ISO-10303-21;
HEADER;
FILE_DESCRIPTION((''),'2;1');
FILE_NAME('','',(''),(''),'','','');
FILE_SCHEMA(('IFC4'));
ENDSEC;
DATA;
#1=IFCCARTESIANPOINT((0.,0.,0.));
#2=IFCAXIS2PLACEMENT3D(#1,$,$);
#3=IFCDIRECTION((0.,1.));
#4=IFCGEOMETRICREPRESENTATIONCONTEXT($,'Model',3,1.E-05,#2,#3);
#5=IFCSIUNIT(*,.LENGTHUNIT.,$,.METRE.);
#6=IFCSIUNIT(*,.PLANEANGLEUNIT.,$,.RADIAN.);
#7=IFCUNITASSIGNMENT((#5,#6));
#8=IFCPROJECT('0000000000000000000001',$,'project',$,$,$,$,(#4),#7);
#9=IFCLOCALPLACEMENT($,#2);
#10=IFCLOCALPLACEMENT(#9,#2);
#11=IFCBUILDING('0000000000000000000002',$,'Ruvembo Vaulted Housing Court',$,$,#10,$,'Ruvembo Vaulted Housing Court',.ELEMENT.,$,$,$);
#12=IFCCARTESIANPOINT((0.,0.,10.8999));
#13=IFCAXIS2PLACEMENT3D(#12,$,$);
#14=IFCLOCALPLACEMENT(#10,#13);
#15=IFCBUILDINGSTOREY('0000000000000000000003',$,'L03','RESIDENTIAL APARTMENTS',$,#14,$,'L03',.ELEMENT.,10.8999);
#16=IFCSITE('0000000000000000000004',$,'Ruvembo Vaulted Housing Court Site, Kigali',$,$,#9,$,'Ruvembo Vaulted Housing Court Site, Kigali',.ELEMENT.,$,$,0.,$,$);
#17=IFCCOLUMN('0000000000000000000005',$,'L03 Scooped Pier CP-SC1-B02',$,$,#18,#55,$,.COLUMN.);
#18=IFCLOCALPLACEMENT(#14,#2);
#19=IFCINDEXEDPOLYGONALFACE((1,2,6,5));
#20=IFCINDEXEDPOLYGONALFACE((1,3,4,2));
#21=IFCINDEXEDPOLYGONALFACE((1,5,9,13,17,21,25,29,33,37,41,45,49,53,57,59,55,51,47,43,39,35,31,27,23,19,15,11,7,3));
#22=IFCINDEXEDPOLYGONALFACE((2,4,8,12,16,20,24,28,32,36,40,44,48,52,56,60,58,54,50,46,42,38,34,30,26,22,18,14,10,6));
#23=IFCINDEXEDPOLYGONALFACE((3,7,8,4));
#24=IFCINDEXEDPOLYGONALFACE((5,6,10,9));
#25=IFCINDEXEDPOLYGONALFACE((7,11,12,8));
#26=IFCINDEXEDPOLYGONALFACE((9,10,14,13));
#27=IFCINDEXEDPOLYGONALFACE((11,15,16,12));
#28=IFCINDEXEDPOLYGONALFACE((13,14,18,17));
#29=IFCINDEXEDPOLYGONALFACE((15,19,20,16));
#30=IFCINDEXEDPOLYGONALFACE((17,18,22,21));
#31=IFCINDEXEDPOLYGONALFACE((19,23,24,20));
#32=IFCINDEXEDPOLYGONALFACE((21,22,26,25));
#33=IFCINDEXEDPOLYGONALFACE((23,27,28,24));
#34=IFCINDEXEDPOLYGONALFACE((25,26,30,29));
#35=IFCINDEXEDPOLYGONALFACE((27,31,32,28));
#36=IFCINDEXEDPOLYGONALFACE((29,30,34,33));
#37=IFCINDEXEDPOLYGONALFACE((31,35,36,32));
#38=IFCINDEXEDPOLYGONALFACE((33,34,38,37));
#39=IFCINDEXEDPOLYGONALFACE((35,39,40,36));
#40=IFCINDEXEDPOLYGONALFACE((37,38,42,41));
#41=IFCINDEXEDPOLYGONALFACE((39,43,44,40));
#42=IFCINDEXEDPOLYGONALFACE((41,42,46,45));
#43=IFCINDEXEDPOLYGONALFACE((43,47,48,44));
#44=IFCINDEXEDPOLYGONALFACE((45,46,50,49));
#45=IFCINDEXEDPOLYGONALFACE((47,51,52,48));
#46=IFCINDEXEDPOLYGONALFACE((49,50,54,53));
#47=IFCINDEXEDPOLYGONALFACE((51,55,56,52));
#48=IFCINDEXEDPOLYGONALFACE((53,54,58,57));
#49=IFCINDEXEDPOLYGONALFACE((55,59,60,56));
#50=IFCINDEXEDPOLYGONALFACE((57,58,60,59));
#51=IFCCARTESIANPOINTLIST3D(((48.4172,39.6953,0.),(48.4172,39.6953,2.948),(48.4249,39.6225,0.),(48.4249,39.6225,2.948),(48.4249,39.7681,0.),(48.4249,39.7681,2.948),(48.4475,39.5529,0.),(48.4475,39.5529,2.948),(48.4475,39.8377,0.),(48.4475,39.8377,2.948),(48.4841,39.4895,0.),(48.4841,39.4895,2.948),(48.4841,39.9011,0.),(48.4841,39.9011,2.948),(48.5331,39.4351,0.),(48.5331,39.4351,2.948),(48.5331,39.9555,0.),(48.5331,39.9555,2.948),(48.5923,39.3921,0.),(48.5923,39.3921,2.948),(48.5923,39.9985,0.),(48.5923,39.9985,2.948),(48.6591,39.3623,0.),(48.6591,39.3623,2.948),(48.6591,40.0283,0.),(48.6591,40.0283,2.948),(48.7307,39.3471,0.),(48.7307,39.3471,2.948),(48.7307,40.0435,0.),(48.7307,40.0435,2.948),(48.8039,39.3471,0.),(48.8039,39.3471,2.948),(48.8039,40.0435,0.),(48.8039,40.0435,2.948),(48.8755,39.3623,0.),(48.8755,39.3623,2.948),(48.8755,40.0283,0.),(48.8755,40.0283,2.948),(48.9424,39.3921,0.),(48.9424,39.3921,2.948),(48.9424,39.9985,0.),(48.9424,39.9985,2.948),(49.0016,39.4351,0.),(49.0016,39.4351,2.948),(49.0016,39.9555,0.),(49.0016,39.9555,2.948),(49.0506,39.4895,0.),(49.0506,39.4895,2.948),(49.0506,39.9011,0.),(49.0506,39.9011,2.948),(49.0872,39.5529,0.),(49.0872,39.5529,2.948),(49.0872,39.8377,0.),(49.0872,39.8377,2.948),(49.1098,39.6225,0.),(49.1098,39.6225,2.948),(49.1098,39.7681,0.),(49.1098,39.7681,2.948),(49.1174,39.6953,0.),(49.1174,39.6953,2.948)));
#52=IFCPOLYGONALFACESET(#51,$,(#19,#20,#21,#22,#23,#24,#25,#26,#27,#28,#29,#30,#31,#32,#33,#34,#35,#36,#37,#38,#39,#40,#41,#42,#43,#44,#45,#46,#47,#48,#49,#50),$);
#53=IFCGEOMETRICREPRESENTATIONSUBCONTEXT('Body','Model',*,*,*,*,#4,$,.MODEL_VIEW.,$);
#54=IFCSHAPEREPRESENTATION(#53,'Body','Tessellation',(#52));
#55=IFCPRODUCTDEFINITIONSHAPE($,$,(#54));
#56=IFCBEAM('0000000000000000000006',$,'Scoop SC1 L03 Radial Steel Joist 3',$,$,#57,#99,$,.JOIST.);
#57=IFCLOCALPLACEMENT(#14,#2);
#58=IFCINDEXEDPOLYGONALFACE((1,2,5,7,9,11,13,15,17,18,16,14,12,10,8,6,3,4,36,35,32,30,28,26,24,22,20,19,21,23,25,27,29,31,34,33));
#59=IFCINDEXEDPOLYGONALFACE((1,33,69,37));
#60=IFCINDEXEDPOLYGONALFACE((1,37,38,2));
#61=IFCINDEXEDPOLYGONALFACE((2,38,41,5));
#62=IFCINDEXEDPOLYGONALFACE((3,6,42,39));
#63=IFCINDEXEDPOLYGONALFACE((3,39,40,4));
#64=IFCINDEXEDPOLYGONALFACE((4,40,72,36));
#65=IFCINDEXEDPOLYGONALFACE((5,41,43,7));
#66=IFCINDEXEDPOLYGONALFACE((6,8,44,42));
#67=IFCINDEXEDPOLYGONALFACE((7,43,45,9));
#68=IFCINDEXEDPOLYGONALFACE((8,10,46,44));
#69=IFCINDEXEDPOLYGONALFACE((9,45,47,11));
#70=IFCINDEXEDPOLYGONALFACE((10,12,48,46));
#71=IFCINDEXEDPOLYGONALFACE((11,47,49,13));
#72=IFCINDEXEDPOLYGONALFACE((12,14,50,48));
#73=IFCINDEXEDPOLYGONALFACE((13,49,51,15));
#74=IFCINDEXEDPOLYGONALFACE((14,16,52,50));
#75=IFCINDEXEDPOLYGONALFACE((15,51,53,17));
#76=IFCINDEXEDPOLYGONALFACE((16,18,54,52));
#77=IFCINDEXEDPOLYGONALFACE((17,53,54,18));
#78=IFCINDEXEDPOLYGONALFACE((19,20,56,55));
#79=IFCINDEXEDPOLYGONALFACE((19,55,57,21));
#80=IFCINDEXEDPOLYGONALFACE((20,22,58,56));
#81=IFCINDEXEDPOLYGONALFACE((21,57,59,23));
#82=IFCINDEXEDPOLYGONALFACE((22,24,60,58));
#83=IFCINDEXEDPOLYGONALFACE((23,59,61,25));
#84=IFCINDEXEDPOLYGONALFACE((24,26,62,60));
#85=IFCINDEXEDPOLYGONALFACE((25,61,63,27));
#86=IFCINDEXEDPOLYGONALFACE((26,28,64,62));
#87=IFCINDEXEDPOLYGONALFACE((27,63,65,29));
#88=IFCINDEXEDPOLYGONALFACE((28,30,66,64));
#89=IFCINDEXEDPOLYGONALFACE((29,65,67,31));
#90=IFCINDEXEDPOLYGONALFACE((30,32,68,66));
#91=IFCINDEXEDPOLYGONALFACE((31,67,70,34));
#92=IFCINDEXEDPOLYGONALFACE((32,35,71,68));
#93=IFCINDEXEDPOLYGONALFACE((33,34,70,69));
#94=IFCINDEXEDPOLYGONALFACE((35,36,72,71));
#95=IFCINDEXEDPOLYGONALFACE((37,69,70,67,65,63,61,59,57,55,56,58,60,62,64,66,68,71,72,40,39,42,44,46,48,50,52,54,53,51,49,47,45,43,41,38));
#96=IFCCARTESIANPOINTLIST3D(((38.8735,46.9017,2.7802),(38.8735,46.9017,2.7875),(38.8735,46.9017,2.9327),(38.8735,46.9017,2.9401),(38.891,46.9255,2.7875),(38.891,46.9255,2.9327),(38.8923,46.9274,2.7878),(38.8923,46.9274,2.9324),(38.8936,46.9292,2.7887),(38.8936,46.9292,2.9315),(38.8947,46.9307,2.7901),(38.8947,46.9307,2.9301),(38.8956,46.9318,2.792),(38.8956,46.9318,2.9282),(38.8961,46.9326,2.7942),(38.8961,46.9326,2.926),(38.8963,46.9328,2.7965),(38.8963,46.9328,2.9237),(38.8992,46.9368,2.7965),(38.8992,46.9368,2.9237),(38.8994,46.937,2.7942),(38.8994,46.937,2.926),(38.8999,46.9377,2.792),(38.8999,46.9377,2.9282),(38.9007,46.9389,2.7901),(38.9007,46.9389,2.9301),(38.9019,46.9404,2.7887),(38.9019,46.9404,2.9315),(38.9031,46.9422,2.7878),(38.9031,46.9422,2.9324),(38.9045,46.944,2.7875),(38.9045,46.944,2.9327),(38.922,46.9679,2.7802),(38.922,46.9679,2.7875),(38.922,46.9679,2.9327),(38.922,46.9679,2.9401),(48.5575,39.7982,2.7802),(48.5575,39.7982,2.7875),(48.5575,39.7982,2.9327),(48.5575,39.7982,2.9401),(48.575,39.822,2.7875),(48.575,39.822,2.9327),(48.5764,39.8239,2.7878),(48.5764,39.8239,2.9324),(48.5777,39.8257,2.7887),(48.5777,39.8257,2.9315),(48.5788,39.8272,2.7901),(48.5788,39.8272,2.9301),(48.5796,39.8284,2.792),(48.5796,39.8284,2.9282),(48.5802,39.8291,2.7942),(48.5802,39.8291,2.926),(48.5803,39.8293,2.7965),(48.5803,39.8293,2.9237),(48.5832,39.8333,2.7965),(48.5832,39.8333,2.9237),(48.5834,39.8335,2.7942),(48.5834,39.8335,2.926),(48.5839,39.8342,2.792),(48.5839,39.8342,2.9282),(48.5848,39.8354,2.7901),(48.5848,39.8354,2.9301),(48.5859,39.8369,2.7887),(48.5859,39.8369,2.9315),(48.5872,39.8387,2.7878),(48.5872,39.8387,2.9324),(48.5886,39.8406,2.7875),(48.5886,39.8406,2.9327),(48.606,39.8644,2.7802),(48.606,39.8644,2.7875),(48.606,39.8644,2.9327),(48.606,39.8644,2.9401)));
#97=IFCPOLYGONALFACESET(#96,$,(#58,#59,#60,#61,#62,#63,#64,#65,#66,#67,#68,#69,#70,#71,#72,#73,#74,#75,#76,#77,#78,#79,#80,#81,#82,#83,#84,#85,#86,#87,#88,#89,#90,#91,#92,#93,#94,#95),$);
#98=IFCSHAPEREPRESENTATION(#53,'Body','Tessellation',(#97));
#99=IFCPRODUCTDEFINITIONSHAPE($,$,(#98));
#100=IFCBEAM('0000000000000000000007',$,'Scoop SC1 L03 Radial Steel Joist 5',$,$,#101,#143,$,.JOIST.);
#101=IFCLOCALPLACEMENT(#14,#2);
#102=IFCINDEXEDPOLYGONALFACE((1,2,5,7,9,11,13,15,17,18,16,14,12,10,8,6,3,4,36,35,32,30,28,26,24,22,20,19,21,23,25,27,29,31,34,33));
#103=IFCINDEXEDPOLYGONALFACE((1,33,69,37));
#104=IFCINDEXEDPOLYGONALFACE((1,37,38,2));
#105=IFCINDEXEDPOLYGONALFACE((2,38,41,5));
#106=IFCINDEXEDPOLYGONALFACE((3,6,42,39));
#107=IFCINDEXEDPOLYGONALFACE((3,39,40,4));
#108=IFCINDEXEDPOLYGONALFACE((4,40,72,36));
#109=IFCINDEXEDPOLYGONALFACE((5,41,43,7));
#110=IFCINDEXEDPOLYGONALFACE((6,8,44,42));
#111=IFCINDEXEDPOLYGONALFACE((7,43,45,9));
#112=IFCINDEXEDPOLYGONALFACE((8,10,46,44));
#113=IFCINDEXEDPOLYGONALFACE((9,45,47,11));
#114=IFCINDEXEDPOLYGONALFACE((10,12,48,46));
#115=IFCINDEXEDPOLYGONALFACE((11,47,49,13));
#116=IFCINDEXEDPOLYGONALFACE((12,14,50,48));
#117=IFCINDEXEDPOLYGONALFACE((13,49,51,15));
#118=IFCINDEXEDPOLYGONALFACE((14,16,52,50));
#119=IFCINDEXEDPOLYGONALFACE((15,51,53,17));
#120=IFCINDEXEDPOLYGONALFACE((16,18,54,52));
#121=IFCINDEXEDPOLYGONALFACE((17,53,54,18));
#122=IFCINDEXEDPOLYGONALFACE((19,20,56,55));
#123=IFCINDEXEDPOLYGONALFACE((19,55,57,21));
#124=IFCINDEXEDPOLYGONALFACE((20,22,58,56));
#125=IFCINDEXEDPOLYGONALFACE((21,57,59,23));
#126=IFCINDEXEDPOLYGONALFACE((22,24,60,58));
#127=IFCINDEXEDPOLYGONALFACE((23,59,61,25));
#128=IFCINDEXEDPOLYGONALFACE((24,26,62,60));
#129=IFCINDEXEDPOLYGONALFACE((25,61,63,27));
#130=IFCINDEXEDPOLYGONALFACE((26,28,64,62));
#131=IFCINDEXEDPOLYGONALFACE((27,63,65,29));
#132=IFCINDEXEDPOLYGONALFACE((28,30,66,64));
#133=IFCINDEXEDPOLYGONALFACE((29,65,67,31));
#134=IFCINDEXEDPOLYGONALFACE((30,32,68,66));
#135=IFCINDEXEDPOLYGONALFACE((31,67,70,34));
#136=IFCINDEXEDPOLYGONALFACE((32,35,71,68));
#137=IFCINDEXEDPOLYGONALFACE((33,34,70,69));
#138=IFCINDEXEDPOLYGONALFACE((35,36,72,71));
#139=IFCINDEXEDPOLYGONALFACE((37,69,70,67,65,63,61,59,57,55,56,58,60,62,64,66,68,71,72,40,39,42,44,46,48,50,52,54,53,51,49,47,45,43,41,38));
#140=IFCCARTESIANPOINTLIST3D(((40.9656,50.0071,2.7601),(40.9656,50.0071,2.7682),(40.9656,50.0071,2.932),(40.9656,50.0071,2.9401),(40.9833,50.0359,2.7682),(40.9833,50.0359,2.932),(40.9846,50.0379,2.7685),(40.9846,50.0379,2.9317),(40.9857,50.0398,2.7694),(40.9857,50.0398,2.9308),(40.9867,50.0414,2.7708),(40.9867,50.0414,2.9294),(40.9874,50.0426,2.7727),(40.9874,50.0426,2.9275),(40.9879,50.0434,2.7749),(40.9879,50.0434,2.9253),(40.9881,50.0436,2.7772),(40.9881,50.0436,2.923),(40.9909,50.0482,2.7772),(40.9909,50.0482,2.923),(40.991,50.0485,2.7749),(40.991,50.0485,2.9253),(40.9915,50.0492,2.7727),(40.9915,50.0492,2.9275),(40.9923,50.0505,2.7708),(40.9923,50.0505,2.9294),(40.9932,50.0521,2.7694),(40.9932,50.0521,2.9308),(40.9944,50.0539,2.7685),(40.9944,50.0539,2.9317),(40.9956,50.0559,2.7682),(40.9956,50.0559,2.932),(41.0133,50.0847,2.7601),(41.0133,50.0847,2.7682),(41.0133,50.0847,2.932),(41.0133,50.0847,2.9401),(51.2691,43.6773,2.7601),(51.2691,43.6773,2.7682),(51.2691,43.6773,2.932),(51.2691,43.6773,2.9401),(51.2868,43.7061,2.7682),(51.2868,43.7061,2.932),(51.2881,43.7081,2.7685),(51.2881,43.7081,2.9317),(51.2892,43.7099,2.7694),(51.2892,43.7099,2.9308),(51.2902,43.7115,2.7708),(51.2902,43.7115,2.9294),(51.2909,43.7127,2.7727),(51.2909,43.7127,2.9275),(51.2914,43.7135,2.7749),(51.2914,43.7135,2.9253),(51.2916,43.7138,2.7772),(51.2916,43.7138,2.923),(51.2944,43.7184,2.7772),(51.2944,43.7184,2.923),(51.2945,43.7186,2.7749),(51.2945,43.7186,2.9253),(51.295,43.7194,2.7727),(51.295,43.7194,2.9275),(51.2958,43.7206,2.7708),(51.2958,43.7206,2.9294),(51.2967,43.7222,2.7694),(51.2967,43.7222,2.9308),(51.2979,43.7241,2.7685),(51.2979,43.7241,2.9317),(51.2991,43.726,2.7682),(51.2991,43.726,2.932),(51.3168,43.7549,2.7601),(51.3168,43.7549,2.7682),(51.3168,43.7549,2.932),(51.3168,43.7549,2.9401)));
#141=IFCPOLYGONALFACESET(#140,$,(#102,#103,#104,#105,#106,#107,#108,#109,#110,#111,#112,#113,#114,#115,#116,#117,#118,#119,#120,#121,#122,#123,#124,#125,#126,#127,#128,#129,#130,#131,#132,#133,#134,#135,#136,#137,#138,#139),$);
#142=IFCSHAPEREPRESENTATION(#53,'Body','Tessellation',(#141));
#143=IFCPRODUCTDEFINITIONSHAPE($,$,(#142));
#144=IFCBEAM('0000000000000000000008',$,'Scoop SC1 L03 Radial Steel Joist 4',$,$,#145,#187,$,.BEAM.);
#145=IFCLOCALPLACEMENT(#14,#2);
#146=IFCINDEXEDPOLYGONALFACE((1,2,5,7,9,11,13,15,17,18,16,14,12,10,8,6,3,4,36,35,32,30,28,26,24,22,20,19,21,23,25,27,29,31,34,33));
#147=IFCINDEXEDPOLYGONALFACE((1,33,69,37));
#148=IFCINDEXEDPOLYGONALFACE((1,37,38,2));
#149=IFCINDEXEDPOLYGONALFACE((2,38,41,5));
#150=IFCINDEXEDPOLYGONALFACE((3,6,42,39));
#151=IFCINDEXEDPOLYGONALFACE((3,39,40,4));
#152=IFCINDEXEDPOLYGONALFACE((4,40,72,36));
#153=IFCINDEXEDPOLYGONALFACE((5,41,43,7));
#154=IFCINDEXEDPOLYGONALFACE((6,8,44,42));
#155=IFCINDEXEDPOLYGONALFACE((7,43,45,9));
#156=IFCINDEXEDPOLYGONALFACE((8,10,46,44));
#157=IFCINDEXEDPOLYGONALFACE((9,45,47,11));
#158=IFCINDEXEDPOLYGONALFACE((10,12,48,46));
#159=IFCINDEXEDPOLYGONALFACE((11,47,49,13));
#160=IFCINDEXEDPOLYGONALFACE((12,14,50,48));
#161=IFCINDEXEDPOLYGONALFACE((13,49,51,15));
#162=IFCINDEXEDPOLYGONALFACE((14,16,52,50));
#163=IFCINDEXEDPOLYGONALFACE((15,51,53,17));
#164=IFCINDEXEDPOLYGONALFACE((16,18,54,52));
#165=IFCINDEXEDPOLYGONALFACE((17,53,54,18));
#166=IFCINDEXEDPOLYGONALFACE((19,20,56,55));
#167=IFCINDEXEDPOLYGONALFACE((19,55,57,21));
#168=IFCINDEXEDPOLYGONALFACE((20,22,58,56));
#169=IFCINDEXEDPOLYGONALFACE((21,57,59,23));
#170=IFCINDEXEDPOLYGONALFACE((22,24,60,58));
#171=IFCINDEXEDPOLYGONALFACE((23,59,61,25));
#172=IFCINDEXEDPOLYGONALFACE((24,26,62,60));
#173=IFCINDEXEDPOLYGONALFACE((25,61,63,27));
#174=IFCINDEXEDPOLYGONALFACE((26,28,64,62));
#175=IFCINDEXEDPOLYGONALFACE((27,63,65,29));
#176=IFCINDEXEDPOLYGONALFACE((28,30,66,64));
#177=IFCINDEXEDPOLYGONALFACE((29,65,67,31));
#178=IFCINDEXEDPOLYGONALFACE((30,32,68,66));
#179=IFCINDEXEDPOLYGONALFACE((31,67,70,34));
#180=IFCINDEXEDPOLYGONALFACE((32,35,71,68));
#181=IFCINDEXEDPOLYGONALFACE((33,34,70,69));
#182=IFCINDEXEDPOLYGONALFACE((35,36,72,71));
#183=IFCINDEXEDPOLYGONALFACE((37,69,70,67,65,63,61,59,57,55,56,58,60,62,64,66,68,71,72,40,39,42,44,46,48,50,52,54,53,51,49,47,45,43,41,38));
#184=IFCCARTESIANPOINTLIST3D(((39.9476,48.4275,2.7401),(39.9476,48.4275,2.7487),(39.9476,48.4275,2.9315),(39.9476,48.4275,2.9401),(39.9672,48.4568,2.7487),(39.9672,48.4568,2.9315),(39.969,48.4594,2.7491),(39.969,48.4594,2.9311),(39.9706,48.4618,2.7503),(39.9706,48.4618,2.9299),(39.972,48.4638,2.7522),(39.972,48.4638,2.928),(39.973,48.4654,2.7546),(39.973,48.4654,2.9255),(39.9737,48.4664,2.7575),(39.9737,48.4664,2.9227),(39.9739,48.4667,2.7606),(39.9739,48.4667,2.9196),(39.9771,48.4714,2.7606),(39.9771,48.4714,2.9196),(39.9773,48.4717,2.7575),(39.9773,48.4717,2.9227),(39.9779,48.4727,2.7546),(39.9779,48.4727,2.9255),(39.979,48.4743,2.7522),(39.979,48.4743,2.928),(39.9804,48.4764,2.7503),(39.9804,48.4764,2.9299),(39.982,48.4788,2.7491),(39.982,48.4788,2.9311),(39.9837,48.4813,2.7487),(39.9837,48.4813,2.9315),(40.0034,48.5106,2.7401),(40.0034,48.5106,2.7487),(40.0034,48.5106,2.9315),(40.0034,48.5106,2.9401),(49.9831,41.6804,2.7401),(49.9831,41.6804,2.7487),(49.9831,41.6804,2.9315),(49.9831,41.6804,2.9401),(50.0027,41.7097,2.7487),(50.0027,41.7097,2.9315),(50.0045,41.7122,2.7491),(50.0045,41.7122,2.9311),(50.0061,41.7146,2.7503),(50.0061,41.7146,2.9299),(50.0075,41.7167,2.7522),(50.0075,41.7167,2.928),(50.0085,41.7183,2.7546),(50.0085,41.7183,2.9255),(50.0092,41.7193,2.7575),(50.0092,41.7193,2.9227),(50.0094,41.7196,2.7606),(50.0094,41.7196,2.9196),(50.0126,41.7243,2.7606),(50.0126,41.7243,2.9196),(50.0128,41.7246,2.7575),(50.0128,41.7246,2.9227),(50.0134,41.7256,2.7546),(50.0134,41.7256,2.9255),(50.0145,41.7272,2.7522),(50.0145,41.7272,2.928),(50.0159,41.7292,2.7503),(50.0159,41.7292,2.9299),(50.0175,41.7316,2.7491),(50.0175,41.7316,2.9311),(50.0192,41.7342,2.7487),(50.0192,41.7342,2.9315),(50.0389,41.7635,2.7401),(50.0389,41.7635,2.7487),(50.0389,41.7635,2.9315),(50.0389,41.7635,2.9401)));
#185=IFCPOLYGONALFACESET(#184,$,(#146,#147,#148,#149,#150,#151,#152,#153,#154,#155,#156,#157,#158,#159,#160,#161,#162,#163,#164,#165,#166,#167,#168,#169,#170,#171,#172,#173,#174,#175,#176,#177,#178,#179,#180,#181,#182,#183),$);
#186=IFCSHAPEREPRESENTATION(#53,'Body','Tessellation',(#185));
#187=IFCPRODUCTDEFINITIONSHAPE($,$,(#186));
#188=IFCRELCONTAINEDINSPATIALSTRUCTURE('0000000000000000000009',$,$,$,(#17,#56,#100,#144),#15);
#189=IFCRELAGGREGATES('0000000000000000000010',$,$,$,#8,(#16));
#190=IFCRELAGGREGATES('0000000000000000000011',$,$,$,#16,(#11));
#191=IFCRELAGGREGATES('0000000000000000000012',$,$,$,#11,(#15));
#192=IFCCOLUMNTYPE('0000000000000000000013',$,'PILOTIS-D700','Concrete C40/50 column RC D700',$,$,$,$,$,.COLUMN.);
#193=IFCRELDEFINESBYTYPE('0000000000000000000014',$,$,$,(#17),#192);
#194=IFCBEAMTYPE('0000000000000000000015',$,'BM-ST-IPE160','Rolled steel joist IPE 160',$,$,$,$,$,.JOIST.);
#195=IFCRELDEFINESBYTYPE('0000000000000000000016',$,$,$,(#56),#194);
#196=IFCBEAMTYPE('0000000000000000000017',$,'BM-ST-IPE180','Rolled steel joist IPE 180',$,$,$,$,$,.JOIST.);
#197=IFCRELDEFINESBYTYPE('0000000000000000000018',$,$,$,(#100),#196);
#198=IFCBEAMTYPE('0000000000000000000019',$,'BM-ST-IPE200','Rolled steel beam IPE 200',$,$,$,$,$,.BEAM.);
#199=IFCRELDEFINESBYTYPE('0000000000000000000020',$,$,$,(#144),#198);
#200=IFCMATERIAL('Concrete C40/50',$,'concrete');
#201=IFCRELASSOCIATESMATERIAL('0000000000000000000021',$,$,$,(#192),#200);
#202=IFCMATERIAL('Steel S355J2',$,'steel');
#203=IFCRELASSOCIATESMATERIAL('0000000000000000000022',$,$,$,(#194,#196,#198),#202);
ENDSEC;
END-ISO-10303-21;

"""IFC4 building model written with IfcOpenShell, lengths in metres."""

from ifc_helpers import new_model, si_unit, direction, frame, origin, origin_2d, place, context, subcontext, project, spatial, circle, i_section, extrude, material, material_profile, profile_set, type_object, element, save


model = new_model("IFC4")

# Units and contexts
model_context = context("Model", 3, precision=1e-05, world=origin(), true_north=direction((0.0, 1.0)))
body_context = subcontext(model_context, "Body", "Model", "MODEL_VIEW")
ifc_project = project(units=[si_unit("LENGTHUNIT", "METRE"), si_unit("PLANEANGLEUNIT", "RADIAN")], contexts=[model_context])

# Site, building, storey
site_placement = place(None, origin())
site = spatial("IfcSite", under=ifc_project, at=site_placement, Name="Ruvembo Vaulted Housing Court Site, Kigali", LongName="Ruvembo Vaulted Housing Court Site, Kigali", CompositionType="ELEMENT", RefElevation=0.0)
building_placement = place(site_placement, origin())
building = spatial("IfcBuilding", under=site, at=building_placement, Name="Ruvembo Vaulted Housing Court", LongName="Ruvembo Vaulted Housing Court", CompositionType="ELEMENT")
storey_placement = place(building_placement, frame((0.0, 0.0, 10.8999)))
storey = spatial("IfcBuildingStorey", under=building, at=storey_placement, Name="L03", Description="RESIDENTIAL APARTMENTS", LongName="L03", CompositionType="ELEMENT", Elevation=10.8999)

# Column
ifc_material_1 = material(Name="Concrete C40/50", Category="concrete")
ifc_material_profile_1 = material_profile(ifc_material_1, circle(Radius=0.3501, at=origin_2d()), Name="RC D700")
ifc_profile_set_1 = profile_set([ifc_material_profile_1], Name="Concrete C40/50")
column_type = type_object("IfcColumnType", Name="PILOTIS-D700", Description="Concrete C40/50 column RC D700", PredefinedType="COLUMN", material=ifc_profile_set_1)
column_placement = place(storey_placement, frame((48.7673, 39.6953, 0.0), z_axis=(0.0, 0.0, 1.0), x_axis=(1.0, 0.0, 0.0)))
element("IfcColumn", 1, at=column_placement, inside=storey, type_object=column_type, Name="L03 Scooped Pier CP-SC1-B02", PredefinedType="COLUMN", context=body_context, shape_type="SweptSolid", body=[
    extrude(circle(Radius=0.3501, at=origin_2d()), origin(), (0.0, 0.0, 1.0), 2.948),
])

# Beams
ifc_material_2 = material(Name="Steel S355J2", Category="steel")
ifc_material_profile_2 = material_profile(ifc_material_2, i_section(OverallWidth=0.082, OverallDepth=0.1599, WebThickness=0.0049, FlangeThickness=0.0073, FilletRadius=0.009, at=origin_2d()), Name="IPE 160")
ifc_profile_set_2 = profile_set([ifc_material_profile_2], Name="Steel S355J2")
beam_type_1 = type_object("IfcBeamType", Name="BM-ST-IPE160", Description="Rolled steel joist IPE 160", PredefinedType="JOIST", material=ifc_profile_set_2)
beam_1_placement = place(storey_placement, frame((48.5818, 39.8313, 2.8601), z_axis=(-0.806331, 0.591464, 0.0), x_axis=(-0.591464, -0.806331, 0.0)))
element("IfcBeam", 2, at=beam_1_placement, inside=storey, type_object=beam_type_1, Name="Scoop SC1 L03 Radial Steel Joist 3", PredefinedType="JOIST", context=body_context, shape_type="SweptSolid", body=[
    extrude(i_section(OverallWidth=0.082, OverallDepth=0.1599, WebThickness=0.0049, FlangeThickness=0.0073, FilletRadius=0.009, at=origin_2d()), origin(), (0.0, 0.0, 1.0), 12.01),
])
ifc_material_profile_3 = material_profile(ifc_material_2, i_section(OverallWidth=0.0911, OverallDepth=0.1799, WebThickness=0.0054, FlangeThickness=0.0081, FilletRadius=0.009, at=origin_2d()), Name="IPE 180")
ifc_profile_set_3 = profile_set([ifc_material_profile_3], Name="Steel S355J2")
beam_type_2 = type_object("IfcBeamType", Name="BM-ST-IPE180", Description="Rolled steel joist IPE 180", PredefinedType="JOIST", material=ifc_profile_set_3)
beam_2_placement = place(storey_placement, frame((51.293, 43.7161, 2.8501), z_axis=(-0.852055, 0.523452, 0.0), x_axis=(-0.523452, -0.852055, 0.0)))
element("IfcBeam", 3, at=beam_2_placement, inside=storey, type_object=beam_type_2, Name="Scoop SC1 L03 Radial Steel Joist 5", PredefinedType="JOIST", context=body_context, shape_type="SweptSolid", body=[
    extrude(i_section(OverallWidth=0.0911, OverallDepth=0.1799, WebThickness=0.0054, FlangeThickness=0.0081, FilletRadius=0.009, at=origin_2d()), origin(), (0.0, 0.0, 1.0), 12.0925),
])
ifc_material_profile_4 = material_profile(ifc_material_2, i_section(OverallWidth=0.1001, OverallDepth=0.2, WebThickness=0.0056, FlangeThickness=0.0085, FilletRadius=0.012, at=origin_2d()), Name="IPE 200")
ifc_profile_set_4 = profile_set([ifc_material_profile_4], Name="Steel S355J2")
beam_type_3 = type_object("IfcBeamType", Name="BM-ST-IPE200", Description="Rolled steel beam IPE 200", PredefinedType="BEAM", material=ifc_profile_set_4)
beam_3_placement = place(storey_placement, frame((50.011, 41.7219, 2.8401), z_axis=(-0.829876, 0.557948, 0.0), x_axis=(-0.557948, -0.829876, 0.0)))
element("IfcBeam", 4, at=beam_3_placement, inside=storey, type_object=beam_type_3, Name="Scoop SC1 L03 Radial Steel Joist 4", PredefinedType="BEAM", context=body_context, shape_type="SweptSolid", body=[
    extrude(i_section(OverallWidth=0.1001, OverallDepth=0.2, WebThickness=0.0056, FlangeThickness=0.0085, FilletRadius=0.012, at=origin_2d()), origin(), (0.0, 0.0, 1.0), 12.0928),
])

save(model, "model.ifc")
